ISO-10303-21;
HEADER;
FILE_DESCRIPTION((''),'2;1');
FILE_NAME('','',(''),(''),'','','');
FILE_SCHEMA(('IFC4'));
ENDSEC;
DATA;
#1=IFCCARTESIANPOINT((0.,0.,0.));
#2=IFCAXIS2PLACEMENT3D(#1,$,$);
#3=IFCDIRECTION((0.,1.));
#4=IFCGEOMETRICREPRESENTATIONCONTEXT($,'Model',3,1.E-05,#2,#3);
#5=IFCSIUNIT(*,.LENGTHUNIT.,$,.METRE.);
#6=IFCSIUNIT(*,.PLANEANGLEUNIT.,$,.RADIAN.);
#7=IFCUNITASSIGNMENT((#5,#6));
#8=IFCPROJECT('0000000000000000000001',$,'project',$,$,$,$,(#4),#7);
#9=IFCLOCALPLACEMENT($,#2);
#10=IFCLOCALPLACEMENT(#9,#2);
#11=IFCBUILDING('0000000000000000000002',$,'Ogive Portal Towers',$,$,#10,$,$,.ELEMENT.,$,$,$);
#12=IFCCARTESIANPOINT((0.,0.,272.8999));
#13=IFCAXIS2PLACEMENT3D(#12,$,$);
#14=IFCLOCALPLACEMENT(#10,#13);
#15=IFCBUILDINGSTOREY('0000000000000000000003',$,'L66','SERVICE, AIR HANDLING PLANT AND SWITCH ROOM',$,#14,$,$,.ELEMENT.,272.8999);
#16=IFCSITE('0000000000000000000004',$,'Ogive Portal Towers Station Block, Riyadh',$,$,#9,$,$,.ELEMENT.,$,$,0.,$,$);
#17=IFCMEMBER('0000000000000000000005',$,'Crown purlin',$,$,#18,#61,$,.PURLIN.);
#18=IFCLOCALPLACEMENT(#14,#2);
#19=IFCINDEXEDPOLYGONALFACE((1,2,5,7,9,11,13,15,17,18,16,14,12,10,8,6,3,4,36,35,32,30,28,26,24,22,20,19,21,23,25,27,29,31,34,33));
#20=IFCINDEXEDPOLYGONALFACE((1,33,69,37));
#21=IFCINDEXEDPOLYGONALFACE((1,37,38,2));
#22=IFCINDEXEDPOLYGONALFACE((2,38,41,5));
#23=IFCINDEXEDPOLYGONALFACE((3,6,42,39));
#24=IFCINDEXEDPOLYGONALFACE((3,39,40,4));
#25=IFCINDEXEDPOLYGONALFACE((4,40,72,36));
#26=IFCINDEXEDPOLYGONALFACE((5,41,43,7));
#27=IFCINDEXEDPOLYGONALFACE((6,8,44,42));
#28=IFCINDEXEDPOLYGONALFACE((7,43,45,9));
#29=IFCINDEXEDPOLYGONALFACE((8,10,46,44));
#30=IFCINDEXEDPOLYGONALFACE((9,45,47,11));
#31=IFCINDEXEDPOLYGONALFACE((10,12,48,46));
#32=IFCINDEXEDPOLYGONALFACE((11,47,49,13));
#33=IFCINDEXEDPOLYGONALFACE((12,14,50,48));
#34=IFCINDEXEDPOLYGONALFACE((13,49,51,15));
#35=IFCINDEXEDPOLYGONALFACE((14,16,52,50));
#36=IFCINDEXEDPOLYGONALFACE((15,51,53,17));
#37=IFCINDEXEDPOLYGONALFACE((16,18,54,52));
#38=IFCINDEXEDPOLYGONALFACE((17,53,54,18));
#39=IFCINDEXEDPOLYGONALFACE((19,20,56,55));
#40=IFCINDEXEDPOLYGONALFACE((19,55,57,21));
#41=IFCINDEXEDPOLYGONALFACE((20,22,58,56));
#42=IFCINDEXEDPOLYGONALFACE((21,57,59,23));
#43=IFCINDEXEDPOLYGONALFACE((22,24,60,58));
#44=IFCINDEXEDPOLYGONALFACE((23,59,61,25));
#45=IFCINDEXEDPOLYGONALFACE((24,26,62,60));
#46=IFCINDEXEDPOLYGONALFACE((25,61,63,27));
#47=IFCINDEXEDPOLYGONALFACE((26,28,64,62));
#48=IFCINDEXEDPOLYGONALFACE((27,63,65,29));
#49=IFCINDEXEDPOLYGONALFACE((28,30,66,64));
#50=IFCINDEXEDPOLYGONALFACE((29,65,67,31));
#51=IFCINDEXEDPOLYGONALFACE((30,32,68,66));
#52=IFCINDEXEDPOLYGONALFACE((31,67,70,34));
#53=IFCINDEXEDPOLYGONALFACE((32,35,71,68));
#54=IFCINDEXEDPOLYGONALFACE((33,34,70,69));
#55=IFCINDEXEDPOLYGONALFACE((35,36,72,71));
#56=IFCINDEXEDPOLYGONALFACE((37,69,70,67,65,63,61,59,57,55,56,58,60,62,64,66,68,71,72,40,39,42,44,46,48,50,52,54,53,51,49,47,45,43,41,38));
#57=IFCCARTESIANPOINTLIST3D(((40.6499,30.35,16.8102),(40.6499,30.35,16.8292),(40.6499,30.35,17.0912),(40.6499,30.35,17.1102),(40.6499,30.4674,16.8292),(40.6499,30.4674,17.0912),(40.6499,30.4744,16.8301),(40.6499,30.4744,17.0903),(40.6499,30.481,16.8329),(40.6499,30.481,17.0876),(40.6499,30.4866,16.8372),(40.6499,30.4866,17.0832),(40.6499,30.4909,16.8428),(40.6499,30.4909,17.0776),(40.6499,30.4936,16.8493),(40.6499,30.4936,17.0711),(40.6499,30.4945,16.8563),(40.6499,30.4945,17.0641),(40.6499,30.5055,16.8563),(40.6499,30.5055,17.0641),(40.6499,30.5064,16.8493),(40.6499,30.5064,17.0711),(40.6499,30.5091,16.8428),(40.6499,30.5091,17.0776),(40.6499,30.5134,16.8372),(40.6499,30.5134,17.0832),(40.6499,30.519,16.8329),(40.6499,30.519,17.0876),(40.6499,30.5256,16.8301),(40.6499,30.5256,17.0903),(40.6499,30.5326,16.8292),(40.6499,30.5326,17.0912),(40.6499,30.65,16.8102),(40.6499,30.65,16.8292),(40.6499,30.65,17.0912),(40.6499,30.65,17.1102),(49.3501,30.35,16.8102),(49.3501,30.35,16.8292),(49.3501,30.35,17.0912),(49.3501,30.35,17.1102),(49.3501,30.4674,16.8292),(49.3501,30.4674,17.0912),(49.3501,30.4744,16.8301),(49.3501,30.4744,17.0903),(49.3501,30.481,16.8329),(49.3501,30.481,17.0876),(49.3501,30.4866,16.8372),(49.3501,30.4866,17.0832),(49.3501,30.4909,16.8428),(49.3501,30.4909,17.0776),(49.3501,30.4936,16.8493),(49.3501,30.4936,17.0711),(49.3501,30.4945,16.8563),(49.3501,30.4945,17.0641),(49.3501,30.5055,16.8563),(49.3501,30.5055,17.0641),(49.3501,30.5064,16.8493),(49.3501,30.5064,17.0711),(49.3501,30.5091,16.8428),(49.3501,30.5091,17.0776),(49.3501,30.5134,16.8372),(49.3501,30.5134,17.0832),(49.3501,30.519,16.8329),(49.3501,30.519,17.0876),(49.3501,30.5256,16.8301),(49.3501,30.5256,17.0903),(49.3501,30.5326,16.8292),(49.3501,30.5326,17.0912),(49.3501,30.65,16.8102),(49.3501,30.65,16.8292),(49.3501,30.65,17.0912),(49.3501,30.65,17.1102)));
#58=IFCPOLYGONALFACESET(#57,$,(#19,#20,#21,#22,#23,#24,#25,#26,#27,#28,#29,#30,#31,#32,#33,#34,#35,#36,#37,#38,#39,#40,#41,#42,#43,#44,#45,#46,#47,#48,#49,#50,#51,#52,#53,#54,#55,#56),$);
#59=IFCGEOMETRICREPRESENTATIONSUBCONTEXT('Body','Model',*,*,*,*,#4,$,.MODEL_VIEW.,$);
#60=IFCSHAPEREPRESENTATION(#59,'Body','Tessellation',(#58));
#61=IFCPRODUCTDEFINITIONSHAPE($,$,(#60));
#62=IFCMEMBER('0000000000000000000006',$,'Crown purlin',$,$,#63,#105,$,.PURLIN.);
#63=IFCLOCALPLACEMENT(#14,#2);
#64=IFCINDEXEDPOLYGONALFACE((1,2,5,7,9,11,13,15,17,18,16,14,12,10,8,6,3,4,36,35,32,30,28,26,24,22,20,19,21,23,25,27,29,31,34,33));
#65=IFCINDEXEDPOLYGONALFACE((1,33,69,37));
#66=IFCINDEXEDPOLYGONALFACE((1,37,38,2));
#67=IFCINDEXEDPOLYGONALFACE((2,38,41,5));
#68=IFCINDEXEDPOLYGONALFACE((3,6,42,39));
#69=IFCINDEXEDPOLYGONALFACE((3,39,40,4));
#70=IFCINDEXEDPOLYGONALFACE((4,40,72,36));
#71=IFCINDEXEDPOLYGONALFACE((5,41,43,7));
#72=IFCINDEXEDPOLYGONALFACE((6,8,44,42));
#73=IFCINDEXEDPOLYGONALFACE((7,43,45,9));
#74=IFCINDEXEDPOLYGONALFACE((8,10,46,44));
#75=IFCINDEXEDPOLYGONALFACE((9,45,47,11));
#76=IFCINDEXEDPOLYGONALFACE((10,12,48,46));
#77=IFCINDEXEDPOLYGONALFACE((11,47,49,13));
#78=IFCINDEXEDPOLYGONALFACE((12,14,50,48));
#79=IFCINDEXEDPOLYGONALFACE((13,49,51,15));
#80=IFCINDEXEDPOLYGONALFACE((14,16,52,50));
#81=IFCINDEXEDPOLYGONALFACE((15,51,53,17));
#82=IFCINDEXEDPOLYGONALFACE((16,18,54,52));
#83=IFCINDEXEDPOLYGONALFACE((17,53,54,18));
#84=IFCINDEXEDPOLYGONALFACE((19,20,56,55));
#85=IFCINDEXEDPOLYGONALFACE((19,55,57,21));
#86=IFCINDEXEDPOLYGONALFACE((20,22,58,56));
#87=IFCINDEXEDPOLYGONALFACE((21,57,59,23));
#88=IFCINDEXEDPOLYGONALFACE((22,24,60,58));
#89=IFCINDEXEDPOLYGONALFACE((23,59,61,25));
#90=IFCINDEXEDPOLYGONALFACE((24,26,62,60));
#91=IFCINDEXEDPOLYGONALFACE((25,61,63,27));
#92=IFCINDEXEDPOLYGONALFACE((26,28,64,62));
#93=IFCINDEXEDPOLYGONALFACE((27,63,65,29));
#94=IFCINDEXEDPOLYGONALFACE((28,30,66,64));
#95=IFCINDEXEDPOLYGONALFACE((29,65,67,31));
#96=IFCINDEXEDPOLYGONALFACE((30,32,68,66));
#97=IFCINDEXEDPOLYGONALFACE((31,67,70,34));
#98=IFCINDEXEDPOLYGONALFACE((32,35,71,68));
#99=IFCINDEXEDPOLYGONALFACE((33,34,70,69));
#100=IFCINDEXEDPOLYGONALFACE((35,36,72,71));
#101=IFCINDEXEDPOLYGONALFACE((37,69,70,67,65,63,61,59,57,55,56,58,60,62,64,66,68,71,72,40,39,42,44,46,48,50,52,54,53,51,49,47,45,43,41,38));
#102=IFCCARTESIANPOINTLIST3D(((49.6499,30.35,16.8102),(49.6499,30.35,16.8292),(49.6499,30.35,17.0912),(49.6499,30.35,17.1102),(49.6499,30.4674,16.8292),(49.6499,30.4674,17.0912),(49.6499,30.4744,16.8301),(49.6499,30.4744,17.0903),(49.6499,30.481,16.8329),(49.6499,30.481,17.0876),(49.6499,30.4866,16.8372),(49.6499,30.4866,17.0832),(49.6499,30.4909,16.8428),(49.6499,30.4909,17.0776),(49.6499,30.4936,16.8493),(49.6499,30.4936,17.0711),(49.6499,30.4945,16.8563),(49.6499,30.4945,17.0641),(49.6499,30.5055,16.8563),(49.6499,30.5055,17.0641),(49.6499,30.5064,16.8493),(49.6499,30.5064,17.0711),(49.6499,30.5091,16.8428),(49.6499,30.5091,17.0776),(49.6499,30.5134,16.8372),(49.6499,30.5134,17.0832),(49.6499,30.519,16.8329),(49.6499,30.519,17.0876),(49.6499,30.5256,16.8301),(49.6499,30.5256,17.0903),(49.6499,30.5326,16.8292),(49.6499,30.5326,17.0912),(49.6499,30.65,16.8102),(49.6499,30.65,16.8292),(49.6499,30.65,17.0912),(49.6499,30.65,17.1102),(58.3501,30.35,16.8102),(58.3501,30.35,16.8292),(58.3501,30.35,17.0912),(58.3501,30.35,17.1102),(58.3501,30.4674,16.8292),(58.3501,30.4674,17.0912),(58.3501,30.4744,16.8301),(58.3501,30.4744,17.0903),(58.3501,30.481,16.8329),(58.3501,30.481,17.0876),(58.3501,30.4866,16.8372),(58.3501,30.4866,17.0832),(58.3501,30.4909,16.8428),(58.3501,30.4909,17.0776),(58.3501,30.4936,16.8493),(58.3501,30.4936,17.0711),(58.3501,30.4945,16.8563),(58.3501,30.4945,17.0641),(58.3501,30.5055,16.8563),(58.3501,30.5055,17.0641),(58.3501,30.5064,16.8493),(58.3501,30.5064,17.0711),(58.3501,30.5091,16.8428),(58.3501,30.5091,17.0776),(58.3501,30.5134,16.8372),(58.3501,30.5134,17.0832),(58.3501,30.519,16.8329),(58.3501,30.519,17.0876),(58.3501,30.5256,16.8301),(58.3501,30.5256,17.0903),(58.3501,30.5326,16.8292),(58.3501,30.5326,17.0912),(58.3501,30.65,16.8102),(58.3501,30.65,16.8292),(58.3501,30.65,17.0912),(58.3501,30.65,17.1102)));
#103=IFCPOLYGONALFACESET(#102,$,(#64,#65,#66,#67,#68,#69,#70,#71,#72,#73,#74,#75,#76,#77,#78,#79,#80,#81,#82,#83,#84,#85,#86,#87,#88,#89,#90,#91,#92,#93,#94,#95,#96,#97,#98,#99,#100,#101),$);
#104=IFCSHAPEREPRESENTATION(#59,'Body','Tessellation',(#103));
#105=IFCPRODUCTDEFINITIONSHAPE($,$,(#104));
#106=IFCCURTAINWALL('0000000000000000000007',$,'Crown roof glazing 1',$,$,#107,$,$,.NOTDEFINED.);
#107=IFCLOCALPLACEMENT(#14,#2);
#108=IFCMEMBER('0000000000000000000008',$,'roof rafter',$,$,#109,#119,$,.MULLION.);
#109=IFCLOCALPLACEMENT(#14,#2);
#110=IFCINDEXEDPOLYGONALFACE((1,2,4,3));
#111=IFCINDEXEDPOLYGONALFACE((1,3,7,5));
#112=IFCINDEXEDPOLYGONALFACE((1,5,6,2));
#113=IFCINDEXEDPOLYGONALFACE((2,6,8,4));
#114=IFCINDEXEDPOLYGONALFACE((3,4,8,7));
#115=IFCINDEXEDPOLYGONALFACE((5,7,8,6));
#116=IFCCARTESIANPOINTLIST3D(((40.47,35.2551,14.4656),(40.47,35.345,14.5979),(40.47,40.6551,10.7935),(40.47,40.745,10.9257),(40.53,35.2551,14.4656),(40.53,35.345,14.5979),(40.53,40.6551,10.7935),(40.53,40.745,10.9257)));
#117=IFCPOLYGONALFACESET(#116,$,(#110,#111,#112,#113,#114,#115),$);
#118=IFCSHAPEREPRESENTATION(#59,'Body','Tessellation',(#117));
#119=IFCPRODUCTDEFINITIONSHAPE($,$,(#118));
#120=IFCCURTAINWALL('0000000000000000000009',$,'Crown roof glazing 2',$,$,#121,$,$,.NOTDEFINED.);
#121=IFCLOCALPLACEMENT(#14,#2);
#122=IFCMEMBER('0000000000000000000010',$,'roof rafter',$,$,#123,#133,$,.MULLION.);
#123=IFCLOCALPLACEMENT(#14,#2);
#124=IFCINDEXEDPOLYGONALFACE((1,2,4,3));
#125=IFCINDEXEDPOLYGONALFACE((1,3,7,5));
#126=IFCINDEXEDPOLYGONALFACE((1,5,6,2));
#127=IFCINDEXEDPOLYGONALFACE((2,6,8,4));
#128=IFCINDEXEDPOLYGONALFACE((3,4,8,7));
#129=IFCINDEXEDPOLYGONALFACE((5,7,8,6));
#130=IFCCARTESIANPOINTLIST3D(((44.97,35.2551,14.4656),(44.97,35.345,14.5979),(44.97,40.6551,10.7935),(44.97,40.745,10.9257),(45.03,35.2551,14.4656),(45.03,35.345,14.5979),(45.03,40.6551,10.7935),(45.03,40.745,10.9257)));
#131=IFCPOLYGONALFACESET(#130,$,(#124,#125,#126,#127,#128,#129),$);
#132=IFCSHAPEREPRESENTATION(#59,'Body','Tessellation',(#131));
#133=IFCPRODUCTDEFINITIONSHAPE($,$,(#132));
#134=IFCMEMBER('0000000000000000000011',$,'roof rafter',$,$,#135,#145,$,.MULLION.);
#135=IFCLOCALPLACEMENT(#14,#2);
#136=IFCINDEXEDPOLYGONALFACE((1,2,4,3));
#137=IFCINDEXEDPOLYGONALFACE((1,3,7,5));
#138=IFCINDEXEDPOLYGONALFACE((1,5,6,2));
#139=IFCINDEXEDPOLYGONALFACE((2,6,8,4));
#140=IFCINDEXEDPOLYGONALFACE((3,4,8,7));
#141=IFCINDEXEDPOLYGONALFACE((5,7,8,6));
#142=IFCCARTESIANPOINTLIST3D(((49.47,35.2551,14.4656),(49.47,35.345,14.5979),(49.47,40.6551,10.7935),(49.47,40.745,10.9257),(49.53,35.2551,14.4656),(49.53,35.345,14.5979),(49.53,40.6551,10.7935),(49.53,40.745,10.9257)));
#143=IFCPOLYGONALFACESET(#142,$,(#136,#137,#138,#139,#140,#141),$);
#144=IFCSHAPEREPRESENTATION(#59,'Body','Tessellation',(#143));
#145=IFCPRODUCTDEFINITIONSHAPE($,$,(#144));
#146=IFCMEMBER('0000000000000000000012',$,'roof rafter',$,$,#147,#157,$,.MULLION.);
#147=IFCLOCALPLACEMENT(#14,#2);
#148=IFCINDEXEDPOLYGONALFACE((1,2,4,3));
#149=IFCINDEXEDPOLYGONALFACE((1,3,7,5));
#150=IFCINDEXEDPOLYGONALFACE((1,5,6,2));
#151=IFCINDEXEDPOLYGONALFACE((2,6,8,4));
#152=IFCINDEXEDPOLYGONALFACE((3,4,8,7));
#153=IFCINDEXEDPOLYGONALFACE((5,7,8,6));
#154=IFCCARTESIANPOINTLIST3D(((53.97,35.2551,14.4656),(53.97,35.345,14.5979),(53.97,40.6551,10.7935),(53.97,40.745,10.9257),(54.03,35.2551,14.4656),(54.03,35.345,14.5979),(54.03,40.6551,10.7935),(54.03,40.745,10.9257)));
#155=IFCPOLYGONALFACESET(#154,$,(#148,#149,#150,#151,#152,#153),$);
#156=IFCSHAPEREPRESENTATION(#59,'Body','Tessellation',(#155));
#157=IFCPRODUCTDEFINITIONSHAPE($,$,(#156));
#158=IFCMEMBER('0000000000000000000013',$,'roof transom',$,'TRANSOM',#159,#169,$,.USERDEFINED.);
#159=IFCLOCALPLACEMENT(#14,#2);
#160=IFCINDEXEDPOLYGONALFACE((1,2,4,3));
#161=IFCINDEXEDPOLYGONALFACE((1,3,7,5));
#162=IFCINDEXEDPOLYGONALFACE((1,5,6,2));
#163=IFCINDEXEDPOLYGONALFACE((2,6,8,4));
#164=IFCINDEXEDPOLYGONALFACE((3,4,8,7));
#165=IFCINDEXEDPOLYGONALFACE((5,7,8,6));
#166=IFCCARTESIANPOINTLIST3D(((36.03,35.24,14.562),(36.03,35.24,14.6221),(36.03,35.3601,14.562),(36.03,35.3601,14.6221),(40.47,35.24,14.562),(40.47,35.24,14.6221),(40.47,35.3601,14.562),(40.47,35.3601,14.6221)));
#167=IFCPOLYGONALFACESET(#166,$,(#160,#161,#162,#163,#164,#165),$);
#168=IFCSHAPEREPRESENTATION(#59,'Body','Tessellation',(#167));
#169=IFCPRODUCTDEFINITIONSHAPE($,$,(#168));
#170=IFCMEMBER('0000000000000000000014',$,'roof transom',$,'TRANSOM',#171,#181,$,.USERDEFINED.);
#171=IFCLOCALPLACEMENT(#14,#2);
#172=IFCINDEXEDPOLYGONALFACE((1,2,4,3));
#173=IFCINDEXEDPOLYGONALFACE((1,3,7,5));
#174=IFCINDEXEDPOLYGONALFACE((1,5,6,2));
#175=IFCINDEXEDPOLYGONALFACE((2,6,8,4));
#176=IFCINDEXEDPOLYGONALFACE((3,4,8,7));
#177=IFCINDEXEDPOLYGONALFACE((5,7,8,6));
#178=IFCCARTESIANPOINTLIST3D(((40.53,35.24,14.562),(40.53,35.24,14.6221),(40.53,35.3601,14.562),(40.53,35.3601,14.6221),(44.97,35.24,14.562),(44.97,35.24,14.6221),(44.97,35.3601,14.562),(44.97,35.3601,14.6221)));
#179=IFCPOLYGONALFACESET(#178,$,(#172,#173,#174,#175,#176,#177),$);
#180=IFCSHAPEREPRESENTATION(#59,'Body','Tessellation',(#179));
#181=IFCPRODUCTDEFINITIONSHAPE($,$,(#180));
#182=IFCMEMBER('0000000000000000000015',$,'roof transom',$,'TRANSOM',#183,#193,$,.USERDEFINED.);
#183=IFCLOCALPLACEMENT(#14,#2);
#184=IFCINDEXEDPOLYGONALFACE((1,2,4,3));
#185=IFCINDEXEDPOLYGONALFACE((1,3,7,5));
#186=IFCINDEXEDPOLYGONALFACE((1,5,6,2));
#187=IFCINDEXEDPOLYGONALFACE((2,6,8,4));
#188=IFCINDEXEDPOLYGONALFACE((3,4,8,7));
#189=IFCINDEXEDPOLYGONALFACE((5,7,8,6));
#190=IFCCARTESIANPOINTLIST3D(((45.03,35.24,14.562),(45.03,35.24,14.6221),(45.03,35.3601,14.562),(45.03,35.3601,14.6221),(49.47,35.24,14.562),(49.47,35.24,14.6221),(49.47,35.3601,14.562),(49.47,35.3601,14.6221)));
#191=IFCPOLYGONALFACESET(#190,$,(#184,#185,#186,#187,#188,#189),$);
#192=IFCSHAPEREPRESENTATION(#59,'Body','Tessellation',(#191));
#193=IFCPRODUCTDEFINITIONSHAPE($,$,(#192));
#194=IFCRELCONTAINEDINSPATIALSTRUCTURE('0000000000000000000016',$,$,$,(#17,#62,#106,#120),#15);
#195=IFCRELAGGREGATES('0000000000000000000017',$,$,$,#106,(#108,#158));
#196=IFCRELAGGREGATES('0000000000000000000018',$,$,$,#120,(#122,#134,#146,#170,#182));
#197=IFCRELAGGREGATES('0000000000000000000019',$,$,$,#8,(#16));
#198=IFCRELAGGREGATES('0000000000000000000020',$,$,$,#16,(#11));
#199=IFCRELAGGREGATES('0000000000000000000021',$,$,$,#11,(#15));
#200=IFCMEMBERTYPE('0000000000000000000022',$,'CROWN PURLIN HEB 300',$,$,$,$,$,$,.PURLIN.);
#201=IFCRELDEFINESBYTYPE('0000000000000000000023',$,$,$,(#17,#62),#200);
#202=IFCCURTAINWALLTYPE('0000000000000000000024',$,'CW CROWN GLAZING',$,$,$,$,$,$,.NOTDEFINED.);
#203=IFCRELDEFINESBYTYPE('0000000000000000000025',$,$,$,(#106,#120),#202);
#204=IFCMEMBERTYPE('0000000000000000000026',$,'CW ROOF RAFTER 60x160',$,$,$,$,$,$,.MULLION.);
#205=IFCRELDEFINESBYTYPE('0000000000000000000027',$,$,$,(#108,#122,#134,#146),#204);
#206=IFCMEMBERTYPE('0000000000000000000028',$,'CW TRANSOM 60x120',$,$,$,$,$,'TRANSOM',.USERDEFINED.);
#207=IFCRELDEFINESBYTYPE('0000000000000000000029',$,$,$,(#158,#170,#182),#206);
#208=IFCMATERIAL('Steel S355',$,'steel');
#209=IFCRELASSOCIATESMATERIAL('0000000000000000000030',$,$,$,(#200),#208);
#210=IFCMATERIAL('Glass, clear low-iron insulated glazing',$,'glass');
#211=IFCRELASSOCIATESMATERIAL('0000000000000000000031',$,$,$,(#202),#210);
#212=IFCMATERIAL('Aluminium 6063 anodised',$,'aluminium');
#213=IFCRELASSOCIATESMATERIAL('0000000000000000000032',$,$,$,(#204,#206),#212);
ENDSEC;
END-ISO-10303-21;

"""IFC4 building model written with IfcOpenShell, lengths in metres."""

from ifc_helpers import new_model, si_unit, direction, frame, origin, origin_2d, place, context, subcontext, project, spatial, rectangle, i_section, extrude, material, material_profile, profile_set, type_object, element, aggregate, save


model = new_model("IFC4")

# Units and contexts
model_context = context("Model", 3, precision=1e-05, world=origin(), true_north=direction((0.0, 1.0)))
body_context = subcontext(model_context, "Body", "Model", "MODEL_VIEW")
ifc_project = project(units=[si_unit("LENGTHUNIT", "METRE"), si_unit("PLANEANGLEUNIT", "RADIAN")], contexts=[model_context])

# Site, building, storey
site_placement = place(None, origin())
site = spatial("IfcSite", under=ifc_project, at=site_placement, Name="Ogive Portal Towers Station Block, Riyadh", CompositionType="ELEMENT", RefElevation=0.0)
building_placement = place(site_placement, origin())
building = spatial("IfcBuilding", under=site, at=building_placement, Name="Ogive Portal Towers", CompositionType="ELEMENT")
storey_placement = place(building_placement, frame((0.0, 0.0, 272.8999)))
storey = spatial("IfcBuildingStorey", under=building, at=storey_placement, Name="L66", Description="SERVICE, AIR HANDLING PLANT AND SWITCH ROOM", CompositionType="ELEMENT", Elevation=272.8999)

# Members
ifc_material_1 = material(Name="Steel S355", Category="steel")
ifc_material_profile_1 = material_profile(ifc_material_1, i_section(OverallWidth=0.3, OverallDepth=0.3, WebThickness=0.011, FlangeThickness=0.019, FilletRadius=0.0271, at=origin_2d()), Name="HEB 300")
ifc_profile_set_1 = profile_set([ifc_material_profile_1], Name="Steel S355")
member_type_1 = type_object("IfcMemberType", Name="CROWN PURLIN HEB 300", PredefinedType="PURLIN", material=ifc_profile_set_1)
for number, where, z_axis, x_axis, name in (
    (1, (40.6499, 30.5, 16.9602), (1.0, 0.0, 0.0), (0.0, 1.0, 0.0), "Crown purlin"),
    (2, (49.6499, 30.5, 16.9602), (1.0, 0.0, 0.0), (0.0, 1.0, 0.0), "Crown purlin"),
):
    element("IfcMember", number, at=place(storey_placement, frame(where, z_axis=z_axis, x_axis=x_axis)), inside=storey, type_object=member_type_1, Name=name, PredefinedType="PURLIN", context=body_context, shape_type="SweptSolid", body=[
        extrude(i_section(OverallWidth=0.3, OverallDepth=0.3, WebThickness=0.011, FlangeThickness=0.019, FilletRadius=0.0271, at=origin_2d()), origin(), (0.0, 0.0, 1.0), 8.7002),
    ])

# Curtain wall, member
ifc_material_2 = material(Name="Glass, clear low-iron insulated glazing", Category="glass")
curtain_wall_type = type_object("IfcCurtainWallType", Name="CW CROWN GLAZING", PredefinedType="NOTDEFINED", material=ifc_material_2)
curtain_wall_1_placement = place(storey_placement, origin())
curtain_wall_1 = element("IfcCurtainWall", 3, at=curtain_wall_1_placement, inside=storey, type_object=curtain_wall_type, Name="Crown roof glazing 1", PredefinedType="NOTDEFINED")
ifc_material_3 = material(Name="Aluminium 6063 anodised", Category="aluminium")
ifc_material_profile_2 = material_profile(ifc_material_3, rectangle(XDim=0.0601, YDim=0.1599, at=origin_2d()), Name="AL 60x160 rafter")
ifc_profile_set_2 = profile_set([ifc_material_profile_2], Name="Aluminium 6063 anodised")
member_type_2 = type_object("IfcMemberType", Name="CW ROOF RAFTER 60x160", PredefinedType="MULLION", material=ifc_profile_set_2)
member_1_placement = place(storey_placement, frame((40.5, 35.3, 14.5317), z_axis=(0.0, 0.826913, -0.562329), x_axis=(-1.0, 0.0, 0.0)))
member_1 = element("IfcMember", 4, at=member_1_placement, type_object=member_type_2, Name="roof rafter", PredefinedType="MULLION", context=body_context, shape_type="SweptSolid", body=[
    extrude(rectangle(XDim=0.0601, YDim=0.1599, at=origin_2d()), origin(), (0.0, 0.0, 1.0), 6.5303),
])

# Curtain wall, members
curtain_wall_2_placement = place(storey_placement, origin())
curtain_wall_2 = element("IfcCurtainWall", 5, at=curtain_wall_2_placement, inside=storey, type_object=curtain_wall_type, Name="Crown roof glazing 2", PredefinedType="NOTDEFINED")
member_2_placement = place(storey_placement, frame((45.0, 35.3, 14.5317), z_axis=(0.0, 0.826913, -0.562329), x_axis=(-1.0, 0.0, 0.0)))
member_2 = element("IfcMember", 6, at=member_2_placement, type_object=member_type_2, Name="roof rafter", PredefinedType="MULLION", context=body_context, shape_type="SweptSolid", body=[
    extrude(rectangle(XDim=0.0601, YDim=0.1599, at=origin_2d()), origin(), (0.0, 0.0, 1.0), 6.5303),
])
member_3_placement = place(storey_placement, frame((49.5, 35.3, 14.5317), z_axis=(0.0, 0.826913, -0.562329), x_axis=(-1.0, 0.0, 0.0)))
member_3 = element("IfcMember", 7, at=member_3_placement, type_object=member_type_2, Name="roof rafter", PredefinedType="MULLION", context=body_context, shape_type="SweptSolid", body=[
    extrude(rectangle(XDim=0.0601, YDim=0.1599, at=origin_2d()), origin(), (0.0, 0.0, 1.0), 6.5303),
])
member_4_placement = place(storey_placement, frame((54.0, 35.3, 14.5317), z_axis=(0.0, 0.826913, -0.562329), x_axis=(-1.0, 0.0, 0.0)))
member_4 = element("IfcMember", 8, at=member_4_placement, type_object=member_type_2, Name="roof rafter", PredefinedType="MULLION", context=body_context, shape_type="SweptSolid", body=[
    extrude(rectangle(XDim=0.0601, YDim=0.1599, at=origin_2d()), origin(), (0.0, 0.0, 1.0), 6.5303),
])

# Members
ifc_material_profile_3 = material_profile(ifc_material_3, rectangle(XDim=0.1201, YDim=0.0601, at=origin_2d()), Name="AL 120x60")
ifc_profile_set_3 = profile_set([ifc_material_profile_3], Name="Aluminium 6063 anodised")
member_type_3 = type_object("IfcMemberType", Name="CW TRANSOM 60x120", ElementType="TRANSOM", PredefinedType="USERDEFINED", material=ifc_profile_set_3)
member_5_placement = place(storey_placement, frame((36.03, 35.3, 14.592), z_axis=(1.0, 0.0, 0.0), x_axis=(0.0, 1.0, 0.0)))
member_5 = element("IfcMember", 9, at=member_5_placement, type_object=member_type_3, Name="roof transom", ObjectType="TRANSOM", PredefinedType="USERDEFINED", context=body_context, shape_type="SweptSolid", body=[
    extrude(rectangle(XDim=0.1201, YDim=0.0601, at=origin_2d()), origin(), (0.0, 0.0, 1.0), 4.4399),
])
aggregate(curtain_wall_1, [member_1, member_5])
member_6_placement = place(storey_placement, frame((40.53, 35.3, 14.592), z_axis=(1.0, 0.0, 0.0), x_axis=(0.0, 1.0, 0.0)))
member_6 = element("IfcMember", 10, at=member_6_placement, type_object=member_type_3, Name="roof transom", ObjectType="TRANSOM", PredefinedType="USERDEFINED", context=body_context, shape_type="SweptSolid", body=[
    extrude(rectangle(XDim=0.1201, YDim=0.0601, at=origin_2d()), origin(), (0.0, 0.0, 1.0), 4.4399),
])
member_7_placement = place(storey_placement, frame((45.03, 35.3, 14.592), z_axis=(1.0, 0.0, 0.0), x_axis=(0.0, 1.0, 0.0)))
member_7 = element("IfcMember", 11, at=member_7_placement, type_object=member_type_3, Name="roof transom", ObjectType="TRANSOM", PredefinedType="USERDEFINED", context=body_context, shape_type="SweptSolid", body=[
    extrude(rectangle(XDim=0.1201, YDim=0.0601, at=origin_2d()), origin(), (0.0, 0.0, 1.0), 4.4399),
])
aggregate(curtain_wall_2, [member_2, member_3, member_4, member_6, member_7])

save(model, "model.ifc")
